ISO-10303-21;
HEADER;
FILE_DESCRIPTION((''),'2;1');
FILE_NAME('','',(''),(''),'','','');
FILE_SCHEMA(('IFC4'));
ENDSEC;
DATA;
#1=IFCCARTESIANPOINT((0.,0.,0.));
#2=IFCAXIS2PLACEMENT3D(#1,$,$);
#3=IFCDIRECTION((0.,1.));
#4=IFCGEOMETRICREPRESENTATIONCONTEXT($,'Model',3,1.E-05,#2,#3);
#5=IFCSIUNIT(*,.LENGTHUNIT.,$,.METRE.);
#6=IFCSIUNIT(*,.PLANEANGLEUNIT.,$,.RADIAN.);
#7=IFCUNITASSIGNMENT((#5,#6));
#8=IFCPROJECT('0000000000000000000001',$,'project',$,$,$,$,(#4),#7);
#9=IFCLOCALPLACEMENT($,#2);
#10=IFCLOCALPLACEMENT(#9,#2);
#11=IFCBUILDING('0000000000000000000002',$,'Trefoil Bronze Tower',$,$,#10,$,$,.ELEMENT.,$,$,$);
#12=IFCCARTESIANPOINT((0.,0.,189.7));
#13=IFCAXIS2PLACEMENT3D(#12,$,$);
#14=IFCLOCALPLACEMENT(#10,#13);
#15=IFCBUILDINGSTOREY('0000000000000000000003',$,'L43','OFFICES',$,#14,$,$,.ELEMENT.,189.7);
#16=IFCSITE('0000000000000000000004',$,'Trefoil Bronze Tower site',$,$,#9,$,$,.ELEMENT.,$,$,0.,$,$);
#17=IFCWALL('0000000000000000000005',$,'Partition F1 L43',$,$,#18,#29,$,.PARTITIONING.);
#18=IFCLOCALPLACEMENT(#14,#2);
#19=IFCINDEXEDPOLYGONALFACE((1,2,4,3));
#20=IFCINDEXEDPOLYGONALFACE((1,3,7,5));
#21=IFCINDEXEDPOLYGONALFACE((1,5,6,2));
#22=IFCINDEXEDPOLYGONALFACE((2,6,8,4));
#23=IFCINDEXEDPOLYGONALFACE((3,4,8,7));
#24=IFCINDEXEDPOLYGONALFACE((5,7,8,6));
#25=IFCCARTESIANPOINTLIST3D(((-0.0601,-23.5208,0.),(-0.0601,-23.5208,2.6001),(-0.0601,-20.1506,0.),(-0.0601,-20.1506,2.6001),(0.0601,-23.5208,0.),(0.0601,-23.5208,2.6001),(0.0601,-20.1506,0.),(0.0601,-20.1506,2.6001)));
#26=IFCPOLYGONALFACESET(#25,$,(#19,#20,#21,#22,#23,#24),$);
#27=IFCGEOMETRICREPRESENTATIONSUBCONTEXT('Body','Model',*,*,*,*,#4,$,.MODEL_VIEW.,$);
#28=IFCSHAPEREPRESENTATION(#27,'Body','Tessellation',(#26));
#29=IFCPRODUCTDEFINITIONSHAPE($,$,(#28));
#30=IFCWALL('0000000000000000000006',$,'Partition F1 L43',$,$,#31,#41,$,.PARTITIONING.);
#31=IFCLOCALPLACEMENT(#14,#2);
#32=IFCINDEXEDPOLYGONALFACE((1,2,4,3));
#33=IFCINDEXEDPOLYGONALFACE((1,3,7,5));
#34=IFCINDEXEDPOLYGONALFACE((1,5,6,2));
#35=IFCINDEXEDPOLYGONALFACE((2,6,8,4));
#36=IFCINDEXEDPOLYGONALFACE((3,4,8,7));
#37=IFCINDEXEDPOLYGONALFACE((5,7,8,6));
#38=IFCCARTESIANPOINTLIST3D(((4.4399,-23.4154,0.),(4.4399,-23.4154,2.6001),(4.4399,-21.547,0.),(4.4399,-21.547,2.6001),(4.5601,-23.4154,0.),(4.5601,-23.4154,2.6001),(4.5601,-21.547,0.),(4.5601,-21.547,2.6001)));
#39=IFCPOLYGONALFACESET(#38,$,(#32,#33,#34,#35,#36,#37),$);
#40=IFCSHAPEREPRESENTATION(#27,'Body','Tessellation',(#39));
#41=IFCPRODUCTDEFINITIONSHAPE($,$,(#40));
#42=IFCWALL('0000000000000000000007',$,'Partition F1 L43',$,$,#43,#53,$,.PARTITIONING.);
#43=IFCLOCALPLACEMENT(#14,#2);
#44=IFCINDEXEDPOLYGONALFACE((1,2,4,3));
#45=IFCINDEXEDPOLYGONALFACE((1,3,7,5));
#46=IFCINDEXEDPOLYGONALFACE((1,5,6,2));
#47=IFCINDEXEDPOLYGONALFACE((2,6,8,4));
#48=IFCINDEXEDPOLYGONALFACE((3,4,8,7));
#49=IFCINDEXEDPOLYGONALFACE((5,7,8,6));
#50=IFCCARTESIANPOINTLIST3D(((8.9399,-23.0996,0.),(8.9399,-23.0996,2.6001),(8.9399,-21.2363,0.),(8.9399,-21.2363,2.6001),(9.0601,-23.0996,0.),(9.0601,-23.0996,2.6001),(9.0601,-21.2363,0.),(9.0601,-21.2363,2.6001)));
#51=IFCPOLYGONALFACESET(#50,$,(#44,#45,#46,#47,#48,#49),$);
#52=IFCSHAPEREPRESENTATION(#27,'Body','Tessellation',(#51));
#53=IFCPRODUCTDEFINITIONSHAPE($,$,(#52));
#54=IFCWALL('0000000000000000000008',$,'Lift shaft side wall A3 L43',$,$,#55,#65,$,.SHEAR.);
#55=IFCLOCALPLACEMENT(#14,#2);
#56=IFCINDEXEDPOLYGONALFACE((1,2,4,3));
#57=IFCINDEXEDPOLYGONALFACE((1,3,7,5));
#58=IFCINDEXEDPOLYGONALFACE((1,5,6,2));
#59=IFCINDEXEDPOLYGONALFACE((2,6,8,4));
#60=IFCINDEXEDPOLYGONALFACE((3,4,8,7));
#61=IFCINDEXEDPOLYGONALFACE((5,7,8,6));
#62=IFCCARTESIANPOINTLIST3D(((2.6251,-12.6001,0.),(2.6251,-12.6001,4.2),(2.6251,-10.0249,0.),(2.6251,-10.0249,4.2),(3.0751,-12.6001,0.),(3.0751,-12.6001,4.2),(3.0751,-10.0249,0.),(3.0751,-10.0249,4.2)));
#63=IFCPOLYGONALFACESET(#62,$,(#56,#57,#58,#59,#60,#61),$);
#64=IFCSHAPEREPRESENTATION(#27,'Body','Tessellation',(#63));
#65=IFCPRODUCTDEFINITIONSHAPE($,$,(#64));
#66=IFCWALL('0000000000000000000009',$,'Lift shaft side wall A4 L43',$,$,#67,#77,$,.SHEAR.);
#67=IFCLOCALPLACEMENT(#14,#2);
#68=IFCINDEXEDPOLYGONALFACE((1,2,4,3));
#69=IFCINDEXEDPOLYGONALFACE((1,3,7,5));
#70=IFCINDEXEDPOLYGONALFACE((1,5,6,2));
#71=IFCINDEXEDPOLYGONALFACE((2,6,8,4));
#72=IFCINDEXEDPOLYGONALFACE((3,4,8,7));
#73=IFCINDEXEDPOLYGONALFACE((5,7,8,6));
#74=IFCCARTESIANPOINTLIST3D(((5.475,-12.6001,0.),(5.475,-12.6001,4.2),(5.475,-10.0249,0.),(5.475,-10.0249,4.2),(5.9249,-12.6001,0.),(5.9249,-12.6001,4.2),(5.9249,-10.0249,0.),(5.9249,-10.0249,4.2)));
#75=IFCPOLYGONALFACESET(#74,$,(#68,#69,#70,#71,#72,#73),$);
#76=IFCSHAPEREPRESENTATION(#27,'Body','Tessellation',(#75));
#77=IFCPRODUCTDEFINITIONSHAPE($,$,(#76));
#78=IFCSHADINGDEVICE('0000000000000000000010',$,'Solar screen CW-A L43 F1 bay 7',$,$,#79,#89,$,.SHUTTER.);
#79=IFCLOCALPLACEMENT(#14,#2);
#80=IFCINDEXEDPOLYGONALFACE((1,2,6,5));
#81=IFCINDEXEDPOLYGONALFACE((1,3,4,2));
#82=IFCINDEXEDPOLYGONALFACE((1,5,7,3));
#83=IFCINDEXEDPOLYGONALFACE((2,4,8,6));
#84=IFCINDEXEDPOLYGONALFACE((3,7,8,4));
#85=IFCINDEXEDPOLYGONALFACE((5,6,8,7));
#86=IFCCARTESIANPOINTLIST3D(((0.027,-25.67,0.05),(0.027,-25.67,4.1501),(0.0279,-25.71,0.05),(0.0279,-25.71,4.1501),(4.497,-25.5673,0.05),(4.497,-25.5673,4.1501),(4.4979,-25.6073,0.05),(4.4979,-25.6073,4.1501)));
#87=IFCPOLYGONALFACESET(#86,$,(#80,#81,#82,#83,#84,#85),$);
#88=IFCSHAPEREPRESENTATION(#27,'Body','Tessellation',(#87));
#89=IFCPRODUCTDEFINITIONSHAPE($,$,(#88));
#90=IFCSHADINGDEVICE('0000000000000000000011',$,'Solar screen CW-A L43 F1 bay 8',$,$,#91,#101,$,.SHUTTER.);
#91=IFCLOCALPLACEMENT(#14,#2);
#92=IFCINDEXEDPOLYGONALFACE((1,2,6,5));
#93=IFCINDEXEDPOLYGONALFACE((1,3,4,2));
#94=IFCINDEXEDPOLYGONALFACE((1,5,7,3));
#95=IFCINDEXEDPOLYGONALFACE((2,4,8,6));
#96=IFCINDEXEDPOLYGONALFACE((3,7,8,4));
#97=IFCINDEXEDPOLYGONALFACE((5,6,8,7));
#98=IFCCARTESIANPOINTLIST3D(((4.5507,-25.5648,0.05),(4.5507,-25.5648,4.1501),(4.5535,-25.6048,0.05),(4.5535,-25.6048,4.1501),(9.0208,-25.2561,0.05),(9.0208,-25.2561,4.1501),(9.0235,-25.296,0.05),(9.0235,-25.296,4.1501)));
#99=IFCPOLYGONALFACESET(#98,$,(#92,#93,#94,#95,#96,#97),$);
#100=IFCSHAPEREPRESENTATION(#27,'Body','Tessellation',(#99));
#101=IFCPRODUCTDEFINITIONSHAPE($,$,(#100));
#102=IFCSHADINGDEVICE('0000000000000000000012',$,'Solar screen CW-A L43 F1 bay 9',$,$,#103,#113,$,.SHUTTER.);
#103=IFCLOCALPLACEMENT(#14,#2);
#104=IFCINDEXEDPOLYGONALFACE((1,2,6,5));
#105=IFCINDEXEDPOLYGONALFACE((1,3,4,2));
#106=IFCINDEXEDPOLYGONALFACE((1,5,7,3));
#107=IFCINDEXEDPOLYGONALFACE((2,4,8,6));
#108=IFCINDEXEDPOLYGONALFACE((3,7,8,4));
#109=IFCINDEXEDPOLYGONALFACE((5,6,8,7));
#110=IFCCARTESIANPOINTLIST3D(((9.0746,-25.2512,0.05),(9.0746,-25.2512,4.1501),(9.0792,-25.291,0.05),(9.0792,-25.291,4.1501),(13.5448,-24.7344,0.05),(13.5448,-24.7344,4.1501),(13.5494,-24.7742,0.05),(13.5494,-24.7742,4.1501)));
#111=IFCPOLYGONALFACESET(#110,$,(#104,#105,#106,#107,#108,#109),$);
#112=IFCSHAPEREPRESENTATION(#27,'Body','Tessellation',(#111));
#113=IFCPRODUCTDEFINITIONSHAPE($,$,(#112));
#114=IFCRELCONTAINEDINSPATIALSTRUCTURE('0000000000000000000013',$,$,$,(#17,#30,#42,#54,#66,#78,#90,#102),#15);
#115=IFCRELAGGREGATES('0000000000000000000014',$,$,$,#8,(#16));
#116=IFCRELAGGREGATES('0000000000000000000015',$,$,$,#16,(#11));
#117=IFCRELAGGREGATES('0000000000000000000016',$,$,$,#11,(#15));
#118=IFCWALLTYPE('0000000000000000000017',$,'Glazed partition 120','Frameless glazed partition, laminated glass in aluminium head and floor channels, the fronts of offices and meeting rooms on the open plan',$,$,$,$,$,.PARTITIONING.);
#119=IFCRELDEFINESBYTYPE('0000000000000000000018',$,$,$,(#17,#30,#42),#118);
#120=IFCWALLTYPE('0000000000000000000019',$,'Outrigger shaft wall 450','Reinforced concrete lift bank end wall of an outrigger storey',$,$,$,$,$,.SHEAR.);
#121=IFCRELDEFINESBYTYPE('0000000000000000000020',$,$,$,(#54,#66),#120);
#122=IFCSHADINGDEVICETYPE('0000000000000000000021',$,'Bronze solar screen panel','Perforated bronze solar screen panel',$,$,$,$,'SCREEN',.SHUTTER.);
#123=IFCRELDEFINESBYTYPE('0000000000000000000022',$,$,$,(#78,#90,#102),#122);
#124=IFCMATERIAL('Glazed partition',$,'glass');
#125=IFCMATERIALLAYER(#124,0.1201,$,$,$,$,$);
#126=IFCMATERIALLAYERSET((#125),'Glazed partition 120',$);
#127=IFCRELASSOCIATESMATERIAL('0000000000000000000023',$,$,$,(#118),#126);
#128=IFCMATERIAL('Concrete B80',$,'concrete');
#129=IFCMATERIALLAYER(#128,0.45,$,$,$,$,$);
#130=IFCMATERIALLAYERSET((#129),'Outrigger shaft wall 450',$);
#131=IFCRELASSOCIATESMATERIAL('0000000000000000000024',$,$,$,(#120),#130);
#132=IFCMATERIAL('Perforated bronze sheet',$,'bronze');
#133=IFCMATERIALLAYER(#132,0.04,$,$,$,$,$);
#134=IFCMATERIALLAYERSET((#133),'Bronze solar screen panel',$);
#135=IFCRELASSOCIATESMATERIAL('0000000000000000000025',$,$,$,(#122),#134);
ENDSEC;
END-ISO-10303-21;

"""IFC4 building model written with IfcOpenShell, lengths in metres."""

from ifc_helpers import new_model, si_unit, direction, frame, frame_2d, origin, origin_2d, place, context, subcontext, project, spatial, rectangle, extrude, material, layer, layer_set, type_object, element, save


model = new_model("IFC4")

# Units and contexts
model_context = context("Model", 3, precision=1e-05, world=origin(), true_north=direction((0.0, 1.0)))
body_context = subcontext(model_context, "Body", "Model", "MODEL_VIEW")
ifc_project = project(units=[si_unit("LENGTHUNIT", "METRE"), si_unit("PLANEANGLEUNIT", "RADIAN")], contexts=[model_context])

# Site, building, storey
site_placement = place(None, origin())
site = spatial("IfcSite", under=ifc_project, at=site_placement, Name="Trefoil Bronze Tower site", CompositionType="ELEMENT", RefElevation=0.0)
building_placement = place(site_placement, origin())
building = spatial("IfcBuilding", under=site, at=building_placement, Name="Trefoil Bronze Tower", CompositionType="ELEMENT")
storey_placement = place(building_placement, frame((0.0, 0.0, 189.7)))
storey = spatial("IfcBuildingStorey", under=building, at=storey_placement, Name="L43", Description="OFFICES", CompositionType="ELEMENT", Elevation=189.7)

# Shared definitions
ifc_material_1 = material(Name="Glazed partition", Category="glass")
ifc_layer_1 = layer(ifc_material_1, 0.1201)
ifc_layer_set_1 = layer_set([ifc_layer_1], Name="Glazed partition 120")
wall_type_1 = type_object("IfcWallType", Name="Glazed partition 120", Description="Frameless glazed partition, laminated glass in aluminium head and floor channels, the fronts of offices and meeting rooms on the open plan", PredefinedType="PARTITIONING", material=ifc_layer_set_1)

# Walls
wall_1_placement = place(storey_placement, frame((0.0, -20.1506, 0.0), z_axis=(0.0, 0.0, 1.0), x_axis=(0.0, -1.0, 0.0)))
element("IfcWall", 1, at=wall_1_placement, inside=storey, type_object=wall_type_1, Name="Partition F1 L43", PredefinedType="PARTITIONING", context=body_context, shape_type="SweptSolid", body=[
    extrude(rectangle(XDim=3.3701, YDim=0.1201, at=frame_2d((1.6851, 0.0))), origin(), (0.0, 0.0, 1.0), 2.6001),
])
wall_2_placement = place(storey_placement, frame((4.5, -21.5471, 0.0), z_axis=(0.0, 0.0, 1.0), x_axis=(0.0, -1.0, 0.0)))
element("IfcWall", 2, at=wall_2_placement, inside=storey, type_object=wall_type_1, Name="Partition F1 L43", PredefinedType="PARTITIONING", context=body_context, shape_type="SweptSolid", body=[
    extrude(rectangle(XDim=1.8684, YDim=0.1201, at=frame_2d((0.9341, 0.0))), origin(), (0.0, 0.0, 1.0), 2.6001),
])
wall_3_placement = place(storey_placement, frame((9.0, -21.2363, 0.0), z_axis=(0.0, 0.0, 1.0), x_axis=(0.0, -1.0, 0.0)))
element("IfcWall", 3, at=wall_3_placement, inside=storey, type_object=wall_type_1, Name="Partition F1 L43", PredefinedType="PARTITIONING", context=body_context, shape_type="SweptSolid", body=[
    extrude(rectangle(XDim=1.8633, YDim=0.1201, at=frame_2d((0.9316, 0.0))), origin(), (0.0, 0.0, 1.0), 2.6001),
])
ifc_material_2 = material(Name="Concrete B80", Category="concrete")
ifc_layer_2 = layer(ifc_material_2, 0.45)
ifc_layer_set_2 = layer_set([ifc_layer_2], Name="Outrigger shaft wall 450")
wall_type_2 = type_object("IfcWallType", Name="Outrigger shaft wall 450", Description="Reinforced concrete lift bank end wall of an outrigger storey", PredefinedType="SHEAR", material=ifc_layer_set_2)
for number, where, z_axis, x_axis, name in (
    (4, (2.8501, -10.0249, 0.0), (0.0, 0.0, 1.0), (0.0, -1.0, 0.0), "Lift shaft side wall A3 L43"),
    (5, (5.7, -10.0249, 0.0), (0.0, 0.0, 1.0), (0.0, -1.0, 0.0), "Lift shaft side wall A4 L43"),
):
    element("IfcWall", number, at=place(storey_placement, frame(where, z_axis=z_axis, x_axis=x_axis)), inside=storey, type_object=wall_type_2, Name=name, PredefinedType="SHEAR", context=body_context, shape_type="SweptSolid", body=[
        extrude(rectangle(XDim=2.5752, YDim=0.45, at=frame_2d((1.2876, 0.0))), origin(), (0.0, 0.0, 1.0), 4.2),
    ])

# Shading devices
ifc_material_3 = material(Name="Perforated bronze sheet", Category="bronze")
ifc_layer_3 = layer(ifc_material_3, 0.04)
ifc_layer_set_3 = layer_set([ifc_layer_3], Name="Bronze solar screen panel")
shading_device_type = type_object("IfcShadingDeviceType", Name="Bronze solar screen panel", Description="Perforated bronze solar screen panel", ElementType="SCREEN", PredefinedType="SHUTTER", material=ifc_layer_set_3)
shading_device_1_placement = place(storey_placement, frame((2.2625, -25.6387, 0.05), z_axis=(0.0, 0.0, 1.0), x_axis=(0.999736, 0.022972, 0.0)))
element("IfcShadingDevice", 6, at=shading_device_1_placement, inside=storey, type_object=shading_device_type, Name="Solar screen CW-A L43 F1 bay 7", PredefinedType="SHUTTER", context=body_context, shape_type="SweptSolid", body=[
    extrude(rectangle(XDim=4.4712, YDim=0.04, at=origin_2d()), origin(), (0.0, 0.0, 1.0), 4.1001),
])
shading_device_2_placement = place(storey_placement, frame((6.7871, -25.4304, 0.05), z_axis=(0.0, 0.0, 1.0), x_axis=(0.997623, 0.068915, 0.0)))
element("IfcShadingDevice", 7, at=shading_device_2_placement, inside=storey, type_object=shading_device_type, Name="Solar screen CW-A L43 F1 bay 8", PredefinedType="SHUTTER", context=body_context, shape_type="SweptSolid", body=[
    extrude(rectangle(XDim=4.4807, YDim=0.04, at=origin_2d()), origin(), (0.0, 0.0, 1.0), 4.1001),
])
shading_device_3_placement = place(storey_placement, frame((11.312, -25.0127, 0.05), z_axis=(0.0, 0.0, 1.0), x_axis=(0.993382, 0.114859, 0.0)))
element("IfcShadingDevice", 8, at=shading_device_3_placement, inside=storey, type_object=shading_device_type, Name="Solar screen CW-A L43 F1 bay 9", PredefinedType="SHUTTER", context=body_context, shape_type="SweptSolid", body=[
    extrude(rectangle(XDim=4.5, YDim=0.04, at=origin_2d()), origin(), (0.0, 0.0, 1.0), 4.1001),
])

save(model, "model.ifc")
